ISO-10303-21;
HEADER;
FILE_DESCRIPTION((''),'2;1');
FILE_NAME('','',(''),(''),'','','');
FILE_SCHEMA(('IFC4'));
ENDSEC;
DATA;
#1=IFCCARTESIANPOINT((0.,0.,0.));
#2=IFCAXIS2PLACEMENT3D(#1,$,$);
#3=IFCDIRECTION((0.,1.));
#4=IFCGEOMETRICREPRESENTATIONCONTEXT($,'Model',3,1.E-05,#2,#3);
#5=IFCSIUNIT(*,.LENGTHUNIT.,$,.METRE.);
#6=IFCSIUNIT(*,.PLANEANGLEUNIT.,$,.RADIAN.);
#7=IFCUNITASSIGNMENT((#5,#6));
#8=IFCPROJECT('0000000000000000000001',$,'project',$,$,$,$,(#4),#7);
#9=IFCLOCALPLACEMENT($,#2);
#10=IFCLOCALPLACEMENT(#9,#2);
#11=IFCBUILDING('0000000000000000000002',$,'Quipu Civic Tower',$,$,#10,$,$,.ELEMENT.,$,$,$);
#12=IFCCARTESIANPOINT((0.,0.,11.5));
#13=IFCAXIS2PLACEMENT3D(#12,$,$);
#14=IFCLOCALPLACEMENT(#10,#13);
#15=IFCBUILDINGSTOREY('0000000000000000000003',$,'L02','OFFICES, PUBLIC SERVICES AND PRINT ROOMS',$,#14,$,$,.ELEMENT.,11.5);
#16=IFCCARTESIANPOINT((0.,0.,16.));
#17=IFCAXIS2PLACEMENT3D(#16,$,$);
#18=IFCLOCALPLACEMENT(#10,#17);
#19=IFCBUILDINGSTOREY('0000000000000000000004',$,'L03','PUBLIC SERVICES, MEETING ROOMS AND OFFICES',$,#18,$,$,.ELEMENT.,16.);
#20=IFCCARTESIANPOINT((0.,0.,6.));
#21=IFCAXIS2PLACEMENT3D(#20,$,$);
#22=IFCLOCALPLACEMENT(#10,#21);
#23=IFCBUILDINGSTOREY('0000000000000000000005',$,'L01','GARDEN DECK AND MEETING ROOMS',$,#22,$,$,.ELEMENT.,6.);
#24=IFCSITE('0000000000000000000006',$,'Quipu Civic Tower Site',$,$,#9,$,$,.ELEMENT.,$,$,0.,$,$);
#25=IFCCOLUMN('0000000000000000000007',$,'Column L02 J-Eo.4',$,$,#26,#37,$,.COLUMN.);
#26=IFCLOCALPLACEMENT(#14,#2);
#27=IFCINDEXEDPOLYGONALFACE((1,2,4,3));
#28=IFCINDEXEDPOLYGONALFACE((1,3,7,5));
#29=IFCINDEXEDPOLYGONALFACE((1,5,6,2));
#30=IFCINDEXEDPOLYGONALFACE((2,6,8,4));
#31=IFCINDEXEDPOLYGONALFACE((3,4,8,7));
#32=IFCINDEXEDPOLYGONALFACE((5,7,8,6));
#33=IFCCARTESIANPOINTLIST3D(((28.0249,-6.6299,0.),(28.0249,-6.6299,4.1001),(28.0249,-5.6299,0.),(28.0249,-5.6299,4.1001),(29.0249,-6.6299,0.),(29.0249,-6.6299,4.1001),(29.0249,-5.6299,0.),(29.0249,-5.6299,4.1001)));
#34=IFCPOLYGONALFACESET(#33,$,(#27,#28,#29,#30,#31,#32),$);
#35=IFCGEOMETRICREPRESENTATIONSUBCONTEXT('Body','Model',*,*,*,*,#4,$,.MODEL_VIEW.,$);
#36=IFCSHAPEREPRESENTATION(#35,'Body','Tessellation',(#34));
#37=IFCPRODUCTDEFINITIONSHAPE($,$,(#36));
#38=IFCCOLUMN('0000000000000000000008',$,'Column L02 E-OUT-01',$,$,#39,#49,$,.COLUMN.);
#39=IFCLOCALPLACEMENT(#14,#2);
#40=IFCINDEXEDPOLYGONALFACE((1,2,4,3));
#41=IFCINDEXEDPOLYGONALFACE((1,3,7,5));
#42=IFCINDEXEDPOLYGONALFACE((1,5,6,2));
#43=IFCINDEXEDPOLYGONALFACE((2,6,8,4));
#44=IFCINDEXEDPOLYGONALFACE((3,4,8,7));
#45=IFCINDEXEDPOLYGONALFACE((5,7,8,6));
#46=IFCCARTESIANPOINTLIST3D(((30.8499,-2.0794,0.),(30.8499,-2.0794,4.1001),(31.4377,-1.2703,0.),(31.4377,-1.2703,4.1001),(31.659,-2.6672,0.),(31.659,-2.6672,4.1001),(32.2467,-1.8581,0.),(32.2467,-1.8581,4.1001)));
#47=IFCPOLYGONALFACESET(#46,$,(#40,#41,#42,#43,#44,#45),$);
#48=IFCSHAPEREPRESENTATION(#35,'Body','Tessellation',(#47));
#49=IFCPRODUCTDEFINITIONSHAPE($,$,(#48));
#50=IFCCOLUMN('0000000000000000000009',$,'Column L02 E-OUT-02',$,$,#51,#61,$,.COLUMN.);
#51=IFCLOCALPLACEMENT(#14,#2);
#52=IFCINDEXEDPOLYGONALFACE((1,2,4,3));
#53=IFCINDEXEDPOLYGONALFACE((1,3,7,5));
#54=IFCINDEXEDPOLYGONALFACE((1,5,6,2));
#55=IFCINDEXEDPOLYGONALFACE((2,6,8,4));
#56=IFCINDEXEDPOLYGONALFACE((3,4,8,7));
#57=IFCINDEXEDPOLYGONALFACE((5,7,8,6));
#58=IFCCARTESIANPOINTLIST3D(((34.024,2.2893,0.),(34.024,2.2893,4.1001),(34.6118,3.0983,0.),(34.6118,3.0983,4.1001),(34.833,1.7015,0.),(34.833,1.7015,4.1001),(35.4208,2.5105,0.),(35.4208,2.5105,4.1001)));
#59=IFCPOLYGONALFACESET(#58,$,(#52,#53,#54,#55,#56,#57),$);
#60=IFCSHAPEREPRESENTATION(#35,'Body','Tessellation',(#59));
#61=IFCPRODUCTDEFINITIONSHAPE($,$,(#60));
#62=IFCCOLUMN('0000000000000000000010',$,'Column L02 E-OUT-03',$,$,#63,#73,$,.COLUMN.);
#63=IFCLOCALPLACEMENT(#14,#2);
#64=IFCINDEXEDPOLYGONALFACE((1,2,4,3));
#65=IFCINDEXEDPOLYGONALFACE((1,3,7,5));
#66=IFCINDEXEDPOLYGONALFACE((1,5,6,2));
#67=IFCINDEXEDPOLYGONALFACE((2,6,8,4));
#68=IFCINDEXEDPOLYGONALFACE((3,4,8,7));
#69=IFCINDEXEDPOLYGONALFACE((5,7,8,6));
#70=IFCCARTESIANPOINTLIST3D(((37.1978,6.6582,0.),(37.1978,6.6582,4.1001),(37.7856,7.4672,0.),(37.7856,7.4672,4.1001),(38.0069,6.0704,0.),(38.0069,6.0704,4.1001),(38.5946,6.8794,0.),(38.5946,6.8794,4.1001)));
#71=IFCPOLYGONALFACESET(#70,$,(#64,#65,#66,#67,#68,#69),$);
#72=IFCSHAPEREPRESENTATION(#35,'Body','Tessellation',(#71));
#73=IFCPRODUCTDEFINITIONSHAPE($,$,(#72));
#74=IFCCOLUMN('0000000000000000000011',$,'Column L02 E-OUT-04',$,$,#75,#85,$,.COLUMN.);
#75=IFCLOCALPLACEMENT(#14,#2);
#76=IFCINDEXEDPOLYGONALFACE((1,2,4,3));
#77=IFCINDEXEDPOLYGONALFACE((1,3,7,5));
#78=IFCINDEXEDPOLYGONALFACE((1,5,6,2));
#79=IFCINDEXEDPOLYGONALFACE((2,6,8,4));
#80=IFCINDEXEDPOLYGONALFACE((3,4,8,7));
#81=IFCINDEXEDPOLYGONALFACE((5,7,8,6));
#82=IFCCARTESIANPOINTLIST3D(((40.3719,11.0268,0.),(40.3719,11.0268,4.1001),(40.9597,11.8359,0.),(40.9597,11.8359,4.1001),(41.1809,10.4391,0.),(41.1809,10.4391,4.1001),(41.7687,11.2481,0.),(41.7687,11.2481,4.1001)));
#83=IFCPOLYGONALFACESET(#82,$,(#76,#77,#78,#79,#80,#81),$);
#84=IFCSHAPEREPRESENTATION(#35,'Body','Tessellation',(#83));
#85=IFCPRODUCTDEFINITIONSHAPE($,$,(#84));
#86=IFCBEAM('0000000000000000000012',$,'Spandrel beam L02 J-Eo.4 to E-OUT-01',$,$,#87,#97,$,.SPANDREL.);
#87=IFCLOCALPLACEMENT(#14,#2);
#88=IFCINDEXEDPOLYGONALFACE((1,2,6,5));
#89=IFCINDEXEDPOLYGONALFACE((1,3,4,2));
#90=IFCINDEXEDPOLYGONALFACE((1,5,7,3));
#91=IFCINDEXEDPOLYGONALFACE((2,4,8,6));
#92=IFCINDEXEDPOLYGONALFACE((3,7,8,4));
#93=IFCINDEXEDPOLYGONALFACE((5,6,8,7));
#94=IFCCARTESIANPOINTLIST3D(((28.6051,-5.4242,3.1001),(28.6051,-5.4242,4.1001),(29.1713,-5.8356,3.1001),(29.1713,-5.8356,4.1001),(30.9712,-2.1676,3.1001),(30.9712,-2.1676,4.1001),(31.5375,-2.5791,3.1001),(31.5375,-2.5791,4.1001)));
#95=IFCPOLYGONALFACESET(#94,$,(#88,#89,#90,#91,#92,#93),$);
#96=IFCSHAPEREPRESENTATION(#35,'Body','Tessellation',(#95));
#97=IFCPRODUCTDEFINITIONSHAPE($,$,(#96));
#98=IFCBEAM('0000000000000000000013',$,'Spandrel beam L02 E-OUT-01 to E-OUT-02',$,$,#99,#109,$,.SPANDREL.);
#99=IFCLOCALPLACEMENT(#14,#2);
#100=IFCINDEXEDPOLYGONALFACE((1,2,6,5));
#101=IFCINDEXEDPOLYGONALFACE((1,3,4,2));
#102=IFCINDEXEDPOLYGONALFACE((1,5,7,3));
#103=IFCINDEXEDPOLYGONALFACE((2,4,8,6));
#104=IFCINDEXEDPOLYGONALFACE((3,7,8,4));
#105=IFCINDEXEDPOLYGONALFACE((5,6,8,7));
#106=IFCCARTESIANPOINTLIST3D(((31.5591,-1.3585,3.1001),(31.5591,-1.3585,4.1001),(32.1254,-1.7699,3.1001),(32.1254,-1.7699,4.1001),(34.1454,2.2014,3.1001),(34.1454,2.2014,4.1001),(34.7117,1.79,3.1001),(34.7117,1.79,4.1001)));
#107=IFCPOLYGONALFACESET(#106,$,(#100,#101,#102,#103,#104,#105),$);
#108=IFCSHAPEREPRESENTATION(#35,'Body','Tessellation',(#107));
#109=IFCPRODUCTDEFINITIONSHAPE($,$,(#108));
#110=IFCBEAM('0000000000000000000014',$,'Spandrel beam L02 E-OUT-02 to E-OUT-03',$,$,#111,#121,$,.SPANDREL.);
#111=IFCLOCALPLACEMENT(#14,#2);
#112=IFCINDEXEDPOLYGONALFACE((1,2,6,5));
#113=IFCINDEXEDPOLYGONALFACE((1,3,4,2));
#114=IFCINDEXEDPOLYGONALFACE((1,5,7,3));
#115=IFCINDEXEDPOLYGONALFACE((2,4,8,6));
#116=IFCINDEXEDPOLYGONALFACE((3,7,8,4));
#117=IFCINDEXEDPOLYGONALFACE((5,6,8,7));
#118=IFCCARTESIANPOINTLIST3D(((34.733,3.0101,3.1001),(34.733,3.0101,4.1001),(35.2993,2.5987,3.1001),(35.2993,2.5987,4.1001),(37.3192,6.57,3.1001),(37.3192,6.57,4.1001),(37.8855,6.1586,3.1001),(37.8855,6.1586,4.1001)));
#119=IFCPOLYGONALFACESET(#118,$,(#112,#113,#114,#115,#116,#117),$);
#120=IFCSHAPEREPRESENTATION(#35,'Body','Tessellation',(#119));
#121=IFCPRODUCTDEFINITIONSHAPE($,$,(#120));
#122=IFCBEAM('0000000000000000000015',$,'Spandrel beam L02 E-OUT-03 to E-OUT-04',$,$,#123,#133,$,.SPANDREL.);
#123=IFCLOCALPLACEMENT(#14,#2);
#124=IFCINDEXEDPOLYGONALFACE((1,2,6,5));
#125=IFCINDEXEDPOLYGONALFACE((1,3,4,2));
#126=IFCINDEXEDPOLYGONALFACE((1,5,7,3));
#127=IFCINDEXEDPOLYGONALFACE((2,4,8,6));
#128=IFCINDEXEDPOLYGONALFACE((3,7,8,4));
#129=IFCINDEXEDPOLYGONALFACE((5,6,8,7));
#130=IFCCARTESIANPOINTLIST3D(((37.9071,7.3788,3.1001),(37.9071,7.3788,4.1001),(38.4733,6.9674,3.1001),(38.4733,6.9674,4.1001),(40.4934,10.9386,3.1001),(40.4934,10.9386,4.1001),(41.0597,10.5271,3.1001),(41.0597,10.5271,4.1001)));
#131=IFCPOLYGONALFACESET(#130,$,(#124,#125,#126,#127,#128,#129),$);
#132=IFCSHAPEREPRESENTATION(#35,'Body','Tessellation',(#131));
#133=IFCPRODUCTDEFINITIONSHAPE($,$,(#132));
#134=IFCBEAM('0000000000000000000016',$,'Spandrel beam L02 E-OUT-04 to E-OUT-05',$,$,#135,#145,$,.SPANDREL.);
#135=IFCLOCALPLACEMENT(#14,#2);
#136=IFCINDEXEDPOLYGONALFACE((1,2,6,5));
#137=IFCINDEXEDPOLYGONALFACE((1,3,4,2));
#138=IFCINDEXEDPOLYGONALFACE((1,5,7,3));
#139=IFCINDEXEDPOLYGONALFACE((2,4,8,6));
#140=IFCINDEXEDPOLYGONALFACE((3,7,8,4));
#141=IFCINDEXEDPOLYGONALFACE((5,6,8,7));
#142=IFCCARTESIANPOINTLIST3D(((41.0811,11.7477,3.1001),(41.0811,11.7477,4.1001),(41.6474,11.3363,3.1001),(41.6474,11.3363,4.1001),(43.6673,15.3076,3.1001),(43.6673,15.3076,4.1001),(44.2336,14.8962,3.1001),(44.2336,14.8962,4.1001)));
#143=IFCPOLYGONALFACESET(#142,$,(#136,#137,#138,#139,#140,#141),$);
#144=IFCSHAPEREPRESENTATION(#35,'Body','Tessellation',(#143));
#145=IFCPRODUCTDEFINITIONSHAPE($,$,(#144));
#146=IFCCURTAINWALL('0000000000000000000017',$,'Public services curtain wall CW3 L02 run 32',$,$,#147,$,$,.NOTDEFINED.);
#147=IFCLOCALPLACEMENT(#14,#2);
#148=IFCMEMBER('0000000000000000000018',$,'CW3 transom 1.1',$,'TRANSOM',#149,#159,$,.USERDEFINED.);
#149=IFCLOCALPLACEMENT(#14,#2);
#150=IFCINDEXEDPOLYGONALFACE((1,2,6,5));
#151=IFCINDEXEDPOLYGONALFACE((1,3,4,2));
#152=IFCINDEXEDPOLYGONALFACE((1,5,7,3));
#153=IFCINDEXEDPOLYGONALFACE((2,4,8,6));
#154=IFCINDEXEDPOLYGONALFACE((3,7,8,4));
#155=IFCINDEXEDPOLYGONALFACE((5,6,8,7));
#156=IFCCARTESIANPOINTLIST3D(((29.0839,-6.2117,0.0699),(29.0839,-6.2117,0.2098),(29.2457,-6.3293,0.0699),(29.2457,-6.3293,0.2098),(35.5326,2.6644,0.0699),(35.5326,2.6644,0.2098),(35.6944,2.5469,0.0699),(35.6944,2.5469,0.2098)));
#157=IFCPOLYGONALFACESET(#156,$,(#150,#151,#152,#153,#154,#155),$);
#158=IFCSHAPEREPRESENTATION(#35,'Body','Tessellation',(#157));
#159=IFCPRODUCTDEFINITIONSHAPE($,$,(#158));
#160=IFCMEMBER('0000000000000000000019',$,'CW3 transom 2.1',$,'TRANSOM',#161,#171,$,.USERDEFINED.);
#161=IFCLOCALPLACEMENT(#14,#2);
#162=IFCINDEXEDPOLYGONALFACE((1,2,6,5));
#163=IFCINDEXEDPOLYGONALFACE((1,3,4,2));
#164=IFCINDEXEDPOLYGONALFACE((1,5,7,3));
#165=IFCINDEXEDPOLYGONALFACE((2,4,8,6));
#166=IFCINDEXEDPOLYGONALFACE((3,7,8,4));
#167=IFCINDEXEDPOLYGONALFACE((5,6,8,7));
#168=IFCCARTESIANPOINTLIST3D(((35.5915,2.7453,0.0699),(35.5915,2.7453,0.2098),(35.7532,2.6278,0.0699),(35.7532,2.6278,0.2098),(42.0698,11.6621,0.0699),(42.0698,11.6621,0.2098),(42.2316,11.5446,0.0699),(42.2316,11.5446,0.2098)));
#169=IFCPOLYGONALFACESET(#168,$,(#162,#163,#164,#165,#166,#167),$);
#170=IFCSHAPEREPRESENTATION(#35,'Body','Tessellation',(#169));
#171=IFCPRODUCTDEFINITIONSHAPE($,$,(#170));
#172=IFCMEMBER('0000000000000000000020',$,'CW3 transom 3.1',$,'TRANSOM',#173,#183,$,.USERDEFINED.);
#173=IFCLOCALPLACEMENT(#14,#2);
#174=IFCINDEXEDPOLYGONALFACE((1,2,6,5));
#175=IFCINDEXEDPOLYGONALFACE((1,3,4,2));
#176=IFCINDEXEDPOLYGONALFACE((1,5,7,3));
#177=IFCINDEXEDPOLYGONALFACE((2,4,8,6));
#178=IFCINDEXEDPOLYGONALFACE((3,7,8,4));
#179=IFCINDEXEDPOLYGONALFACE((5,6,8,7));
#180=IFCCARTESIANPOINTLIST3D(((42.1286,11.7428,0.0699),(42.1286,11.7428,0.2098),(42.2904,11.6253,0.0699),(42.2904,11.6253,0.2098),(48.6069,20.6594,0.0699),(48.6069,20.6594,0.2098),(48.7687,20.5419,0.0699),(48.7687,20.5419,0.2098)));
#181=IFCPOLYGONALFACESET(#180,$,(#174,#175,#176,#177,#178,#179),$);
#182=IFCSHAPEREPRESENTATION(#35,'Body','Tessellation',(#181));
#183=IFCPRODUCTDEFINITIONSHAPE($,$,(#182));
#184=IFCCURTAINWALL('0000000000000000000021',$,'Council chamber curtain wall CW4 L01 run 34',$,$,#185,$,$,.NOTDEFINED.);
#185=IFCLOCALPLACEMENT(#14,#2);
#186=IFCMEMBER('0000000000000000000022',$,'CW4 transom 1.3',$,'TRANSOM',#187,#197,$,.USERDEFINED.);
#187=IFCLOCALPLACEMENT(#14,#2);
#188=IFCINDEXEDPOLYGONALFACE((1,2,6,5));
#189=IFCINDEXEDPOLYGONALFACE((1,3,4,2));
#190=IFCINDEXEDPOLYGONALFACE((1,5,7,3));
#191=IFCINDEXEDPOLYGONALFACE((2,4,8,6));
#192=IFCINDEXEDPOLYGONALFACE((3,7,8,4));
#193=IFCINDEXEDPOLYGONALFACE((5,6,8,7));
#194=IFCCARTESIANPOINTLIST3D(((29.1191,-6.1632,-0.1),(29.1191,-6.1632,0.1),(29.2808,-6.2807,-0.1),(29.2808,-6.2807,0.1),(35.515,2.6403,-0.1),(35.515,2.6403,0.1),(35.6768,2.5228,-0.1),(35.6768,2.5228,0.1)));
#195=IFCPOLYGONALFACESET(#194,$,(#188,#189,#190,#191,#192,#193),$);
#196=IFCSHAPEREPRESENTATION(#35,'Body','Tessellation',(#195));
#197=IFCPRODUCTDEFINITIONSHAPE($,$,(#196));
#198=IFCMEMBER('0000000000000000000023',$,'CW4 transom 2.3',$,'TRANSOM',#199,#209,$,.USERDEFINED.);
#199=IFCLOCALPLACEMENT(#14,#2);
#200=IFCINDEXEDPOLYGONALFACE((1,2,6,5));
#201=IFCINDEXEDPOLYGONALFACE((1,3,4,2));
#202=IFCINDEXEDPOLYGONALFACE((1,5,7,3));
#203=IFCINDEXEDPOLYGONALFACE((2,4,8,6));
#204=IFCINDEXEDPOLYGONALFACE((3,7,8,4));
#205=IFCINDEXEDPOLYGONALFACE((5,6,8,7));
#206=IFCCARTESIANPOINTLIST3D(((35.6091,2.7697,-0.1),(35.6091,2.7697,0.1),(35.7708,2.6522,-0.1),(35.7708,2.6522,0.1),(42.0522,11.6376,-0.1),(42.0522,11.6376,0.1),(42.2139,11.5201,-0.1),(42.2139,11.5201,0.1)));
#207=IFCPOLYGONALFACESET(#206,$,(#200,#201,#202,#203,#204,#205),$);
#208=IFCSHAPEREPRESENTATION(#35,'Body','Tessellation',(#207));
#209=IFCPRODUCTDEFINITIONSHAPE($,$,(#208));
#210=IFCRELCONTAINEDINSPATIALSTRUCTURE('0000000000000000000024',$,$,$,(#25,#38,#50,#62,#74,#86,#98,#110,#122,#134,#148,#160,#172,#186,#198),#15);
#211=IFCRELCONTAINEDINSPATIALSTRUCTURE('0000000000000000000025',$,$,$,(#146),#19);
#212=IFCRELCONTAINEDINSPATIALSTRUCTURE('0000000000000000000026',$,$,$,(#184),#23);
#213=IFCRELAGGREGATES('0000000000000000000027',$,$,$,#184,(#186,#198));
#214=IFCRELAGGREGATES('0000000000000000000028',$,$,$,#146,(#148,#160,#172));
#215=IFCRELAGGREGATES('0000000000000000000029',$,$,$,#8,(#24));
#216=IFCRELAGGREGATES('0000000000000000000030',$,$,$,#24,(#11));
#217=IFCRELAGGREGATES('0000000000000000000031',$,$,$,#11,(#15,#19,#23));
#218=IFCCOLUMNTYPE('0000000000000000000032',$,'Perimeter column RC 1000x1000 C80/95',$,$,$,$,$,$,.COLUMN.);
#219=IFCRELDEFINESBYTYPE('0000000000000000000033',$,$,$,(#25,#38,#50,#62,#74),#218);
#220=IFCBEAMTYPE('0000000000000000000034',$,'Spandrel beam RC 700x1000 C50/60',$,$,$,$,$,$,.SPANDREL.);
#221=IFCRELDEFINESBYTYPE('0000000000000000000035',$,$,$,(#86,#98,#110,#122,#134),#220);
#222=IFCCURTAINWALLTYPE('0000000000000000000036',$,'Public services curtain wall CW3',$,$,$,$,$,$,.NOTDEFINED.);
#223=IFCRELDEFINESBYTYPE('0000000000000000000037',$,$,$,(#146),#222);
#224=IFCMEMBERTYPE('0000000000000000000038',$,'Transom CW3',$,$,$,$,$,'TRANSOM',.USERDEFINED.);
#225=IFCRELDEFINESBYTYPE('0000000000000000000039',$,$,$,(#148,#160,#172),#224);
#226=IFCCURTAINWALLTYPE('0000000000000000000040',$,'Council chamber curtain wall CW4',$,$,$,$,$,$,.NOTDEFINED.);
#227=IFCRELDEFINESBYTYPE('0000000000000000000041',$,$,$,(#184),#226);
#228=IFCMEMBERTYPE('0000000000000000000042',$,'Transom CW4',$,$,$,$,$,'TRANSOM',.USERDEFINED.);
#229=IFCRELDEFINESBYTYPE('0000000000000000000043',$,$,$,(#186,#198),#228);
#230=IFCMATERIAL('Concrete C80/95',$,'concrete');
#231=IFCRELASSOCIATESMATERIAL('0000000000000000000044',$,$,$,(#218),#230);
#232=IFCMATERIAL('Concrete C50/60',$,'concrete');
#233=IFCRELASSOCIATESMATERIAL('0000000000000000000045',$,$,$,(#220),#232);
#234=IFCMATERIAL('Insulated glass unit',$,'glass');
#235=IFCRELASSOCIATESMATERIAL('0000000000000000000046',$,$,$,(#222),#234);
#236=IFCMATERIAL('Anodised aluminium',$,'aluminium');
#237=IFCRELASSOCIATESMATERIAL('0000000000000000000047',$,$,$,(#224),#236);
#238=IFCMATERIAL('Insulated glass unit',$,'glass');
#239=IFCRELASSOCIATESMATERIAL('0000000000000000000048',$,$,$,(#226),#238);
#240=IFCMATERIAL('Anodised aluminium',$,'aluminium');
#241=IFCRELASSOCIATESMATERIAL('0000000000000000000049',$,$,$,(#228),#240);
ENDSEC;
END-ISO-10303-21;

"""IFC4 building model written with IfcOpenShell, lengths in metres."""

from ifc_helpers import new_model, si_unit, direction, frame, origin, origin_2d, place, context, subcontext, project, spatial, rectangle, extrude, material, material_profile, profile_set, type_object, element, aggregate, save


model = new_model("IFC4")

# Units and contexts
model_context = context("Model", 3, precision=1e-05, world=origin(), true_north=direction((0.0, 1.0)))
body_context = subcontext(model_context, "Body", "Model", "MODEL_VIEW")
ifc_project = project(units=[si_unit("LENGTHUNIT", "METRE"), si_unit("PLANEANGLEUNIT", "RADIAN")], contexts=[model_context])

# Site, building, storey
site_placement = place(None, origin())
site = spatial("IfcSite", under=ifc_project, at=site_placement, Name="Quipu Civic Tower Site", CompositionType="ELEMENT", RefElevation=0.0)
building_placement = place(site_placement, origin())
building = spatial("IfcBuilding", under=site, at=building_placement, Name="Quipu Civic Tower", CompositionType="ELEMENT")
storey_1_placement = place(building_placement, frame((0.0, 0.0, 11.5)))
storey_1 = spatial("IfcBuildingStorey", under=building, at=storey_1_placement, Name="L02", Description="OFFICES, PUBLIC SERVICES AND PRINT ROOMS", CompositionType="ELEMENT", Elevation=11.5)

# Columns
ifc_material_1 = material(Name="Concrete C80/95", Category="concrete")
ifc_material_profile_1 = material_profile(ifc_material_1, rectangle(XDim=1.0, YDim=1.0, at=origin_2d()), Name="RC1000x1000")
ifc_profile_set_1 = profile_set([ifc_material_profile_1], Name="Concrete C80/95")
column_type = type_object("IfcColumnType", Name="Perimeter column RC 1000x1000 C80/95", PredefinedType="COLUMN", material=ifc_profile_set_1)
for number, where, z_axis, x_axis, name in (
    (1, (28.5249, -6.1299, 0.0), (0.0, 0.0, 1.0), (1.0, 0.0, 0.0), "Column L02 J-Eo.4"),
    (2, (31.5483, -1.9688, 0.0), (0.0, 0.0, 1.0), (0.587785, 0.809017, 0.0), "Column L02 E-OUT-01"),
    (3, (34.7224, 2.3999, 0.0), (0.0, 0.0, 1.0), (0.587785, 0.809017, 0.0), "Column L02 E-OUT-02"),
    (4, (37.8962, 6.7688, 0.0), (0.0, 0.0, 1.0), (0.587785, 0.809017, 0.0), "Column L02 E-OUT-03"),
    (5, (41.0703, 11.1375, 0.0), (0.0, 0.0, 1.0), (0.587785, 0.809017, 0.0), "Column L02 E-OUT-04"),
):
    element("IfcColumn", number, at=place(storey_1_placement, frame(where, z_axis=z_axis, x_axis=x_axis)), inside=storey_1, type_object=column_type, Name=name, PredefinedType="COLUMN", context=body_context, shape_type="SweptSolid", body=[
        extrude(rectangle(XDim=1.0, YDim=1.0, at=origin_2d()), origin(), (0.0, 0.0, 1.0), 4.1001),
    ])

# Beams
ifc_material_2 = material(Name="Concrete C50/60", Category="concrete")
ifc_material_profile_2 = material_profile(ifc_material_2, rectangle(XDim=0.7, YDim=1.0, at=origin_2d()), Name="RC700x1000")
ifc_profile_set_2 = profile_set([ifc_material_profile_2], Name="Concrete C50/60")
beam_type = type_object("IfcBeamType", Name="Spandrel beam RC 700x1000 C50/60", PredefinedType="SPANDREL", material=ifc_profile_set_2)
beam_placement = place(storey_1_placement, frame((28.8882, -5.6299, 3.6001), z_axis=(0.587811, 0.808998, 0.0), x_axis=(-0.808998, 0.587811, 0.0)))
element("IfcBeam", 6, at=beam_placement, inside=storey_1, type_object=beam_type, Name="Spandrel beam L02 J-Eo.4 to E-OUT-01", PredefinedType="SPANDREL", context=body_context, shape_type="SweptSolid", body=[
    extrude(rectangle(XDim=0.7, YDim=1.0, at=origin_2d()), origin(), (0.0, 0.0, 1.0), 4.0254),
])
for number, where, z_axis, x_axis, name in (
    (7, (31.8423, -1.5642, 3.6001), (0.587759, 0.809036, 0.0), (-0.809036, 0.587759, 0.0), "Spandrel beam L02 E-OUT-01 to E-OUT-02"),
    (8, (35.0161, 2.8044, 3.6001), (0.587759, 0.809036, 0.0), (-0.809036, 0.587759, 0.0), "Spandrel beam L02 E-OUT-02 to E-OUT-03"),
    (9, (38.1902, 7.1731, 3.6001), (0.587796, 0.80901, 0.0), (-0.80901, 0.587796, 0.0), "Spandrel beam L02 E-OUT-03 to E-OUT-04"),
    (10, (41.3643, 11.542, 3.6001), (0.587759, 0.809036, 0.0), (-0.809036, 0.587759, 0.0), "Spandrel beam L02 E-OUT-04 to E-OUT-05"),
):
    element("IfcBeam", number, at=place(storey_1_placement, frame(where, z_axis=z_axis, x_axis=x_axis)), inside=storey_1, type_object=beam_type, Name=name, PredefinedType="SPANDREL", context=body_context, shape_type="SweptSolid", body=[
        extrude(rectangle(XDim=0.7, YDim=1.0, at=origin_2d()), origin(), (0.0, 0.0, 1.0), 4.4001),
    ])

# Shared definitions
storey_2_placement = place(building_placement, frame((0.0, 0.0, 16.0)))
storey_2 = spatial("IfcBuildingStorey", under=building, at=storey_2_placement, Name="L03", Description="PUBLIC SERVICES, MEETING ROOMS AND OFFICES", CompositionType="ELEMENT", Elevation=16.0)

# Curtain wall, members
ifc_material_3 = material(Name="Insulated glass unit", Category="glass")
curtain_wall_type_1 = type_object("IfcCurtainWallType", Name="Public services curtain wall CW3", PredefinedType="NOTDEFINED", material=ifc_material_3)
curtain_wall_1_placement = place(storey_2_placement, origin())
curtain_wall_1 = element("IfcCurtainWall", 11, at=curtain_wall_1_placement, inside=storey_2, type_object=curtain_wall_type_1, Name="Public services curtain wall CW3 L02 run 32", PredefinedType="NOTDEFINED")
ifc_material_4 = material(Name="Anodised aluminium", Category="aluminium")
ifc_material_profile_3 = material_profile(ifc_material_4, rectangle(XDim=0.2, YDim=0.1399, at=origin_2d()), Name="RECT 200x140")
ifc_profile_set_3 = profile_set([ifc_material_profile_3], Name="Anodised aluminium")
member_type_1 = type_object("IfcMemberType", Name="Transom CW3", ElementType="TRANSOM", PredefinedType="USERDEFINED", material=ifc_profile_set_3)
member_1_placement = place(storey_1_placement, frame((29.1648, -6.2705, 0.1399), z_axis=(0.587772, 0.809027, 0.0), x_axis=(-0.809027, 0.587772, 0.0)))
member_1 = element("IfcMember", 12, at=member_1_placement, inside=storey_1, type_object=member_type_1, Name="CW3 transom 1.1", ObjectType="TRANSOM", PredefinedType="USERDEFINED", context=body_context, shape_type="SweptSolid", body=[
    extrude(rectangle(XDim=0.2, YDim=0.1399, at=origin_2d()), origin(), (0.0, 0.0, 1.0), 10.9714),
])
member_2_placement = place(storey_1_placement, frame((35.6724, 2.6865, 0.1399), z_axis=(0.587778, 0.809022, 0.0), x_axis=(-0.809022, 0.587778, 0.0)))
member_2 = element("IfcMember", 13, at=member_2_placement, inside=storey_1, type_object=member_type_1, Name="CW3 transom 2.1", ObjectType="TRANSOM", PredefinedType="USERDEFINED", context=body_context, shape_type="SweptSolid", body=[
    extrude(rectangle(XDim=0.2, YDim=0.1399, at=origin_2d()), origin(), (0.0, 0.0, 1.0), 11.0217),
])
member_3_placement = place(storey_1_placement, frame((42.2095, 11.6841, 0.1399), z_axis=(0.587788, 0.809015, 0.0), x_axis=(-0.809015, 0.587788, 0.0)))
member_3 = element("IfcMember", 14, at=member_3_placement, inside=storey_1, type_object=member_type_1, Name="CW3 transom 3.1", ObjectType="TRANSOM", PredefinedType="USERDEFINED", context=body_context, shape_type="SweptSolid", body=[
    extrude(rectangle(XDim=0.2, YDim=0.1399, at=origin_2d()), origin(), (0.0, 0.0, 1.0), 11.0215),
])

# Shared definitions
storey_3_placement = place(building_placement, frame((0.0, 0.0, 6.0)))
storey_3 = spatial("IfcBuildingStorey", under=building, at=storey_3_placement, Name="L01", Description="GARDEN DECK AND MEETING ROOMS", CompositionType="ELEMENT", Elevation=6.0)

# Curtain wall, members
ifc_material_5 = material(Name="Insulated glass unit", Category="glass")
curtain_wall_type_2 = type_object("IfcCurtainWallType", Name="Council chamber curtain wall CW4", PredefinedType="NOTDEFINED", material=ifc_material_5)
curtain_wall_2_placement = place(storey_3_placement, origin())
curtain_wall_2 = element("IfcCurtainWall", 15, at=curtain_wall_2_placement, inside=storey_3, type_object=curtain_wall_type_2, Name="Council chamber curtain wall CW4 L01 run 34", PredefinedType="NOTDEFINED")
ifc_material_6 = material(Name="Anodised aluminium", Category="aluminium")
ifc_material_profile_4 = material_profile(ifc_material_6, rectangle(XDim=0.2, YDim=0.2, at=origin_2d()), Name="RECT 200x200")
ifc_profile_set_4 = profile_set([ifc_material_profile_4], Name="Anodised aluminium")
member_type_2 = type_object("IfcMemberType", Name="Transom CW4", ElementType="TRANSOM", PredefinedType="USERDEFINED", material=ifc_profile_set_4)
member_4_placement = place(storey_1_placement, frame((29.2, -6.2219, 0.0), z_axis=(0.587779, 0.809021, 0.0), x_axis=(-0.809021, 0.587779, 0.0)))
member_4 = element("IfcMember", 16, at=member_4_placement, inside=storey_1, type_object=member_type_2, Name="CW4 transom 1.3", ObjectType="TRANSOM", PredefinedType="USERDEFINED", context=body_context, shape_type="SweptSolid", body=[
    extrude(rectangle(XDim=0.2, YDim=0.2, at=origin_2d()), origin(), (0.0, 0.0, 1.0), 10.8816),
])
member_5_placement = place(storey_1_placement, frame((35.6899, 2.7109, 0.0), z_axis=(0.587797, 0.809009, 0.0), x_axis=(-0.809009, 0.587797, 0.0)))
member_5 = element("IfcMember", 17, at=member_5_placement, inside=storey_1, type_object=member_type_2, Name="CW4 transom 2.3", ObjectType="TRANSOM", PredefinedType="USERDEFINED", context=body_context, shape_type="SweptSolid", body=[
    extrude(rectangle(XDim=0.2, YDim=0.2, at=origin_2d()), origin(), (0.0, 0.0, 1.0), 10.9614),
])
aggregate(curtain_wall_2, [member_4, member_5])

aggregate(curtain_wall_1, [member_1, member_2, member_3])

save(model, "model.ifc")
